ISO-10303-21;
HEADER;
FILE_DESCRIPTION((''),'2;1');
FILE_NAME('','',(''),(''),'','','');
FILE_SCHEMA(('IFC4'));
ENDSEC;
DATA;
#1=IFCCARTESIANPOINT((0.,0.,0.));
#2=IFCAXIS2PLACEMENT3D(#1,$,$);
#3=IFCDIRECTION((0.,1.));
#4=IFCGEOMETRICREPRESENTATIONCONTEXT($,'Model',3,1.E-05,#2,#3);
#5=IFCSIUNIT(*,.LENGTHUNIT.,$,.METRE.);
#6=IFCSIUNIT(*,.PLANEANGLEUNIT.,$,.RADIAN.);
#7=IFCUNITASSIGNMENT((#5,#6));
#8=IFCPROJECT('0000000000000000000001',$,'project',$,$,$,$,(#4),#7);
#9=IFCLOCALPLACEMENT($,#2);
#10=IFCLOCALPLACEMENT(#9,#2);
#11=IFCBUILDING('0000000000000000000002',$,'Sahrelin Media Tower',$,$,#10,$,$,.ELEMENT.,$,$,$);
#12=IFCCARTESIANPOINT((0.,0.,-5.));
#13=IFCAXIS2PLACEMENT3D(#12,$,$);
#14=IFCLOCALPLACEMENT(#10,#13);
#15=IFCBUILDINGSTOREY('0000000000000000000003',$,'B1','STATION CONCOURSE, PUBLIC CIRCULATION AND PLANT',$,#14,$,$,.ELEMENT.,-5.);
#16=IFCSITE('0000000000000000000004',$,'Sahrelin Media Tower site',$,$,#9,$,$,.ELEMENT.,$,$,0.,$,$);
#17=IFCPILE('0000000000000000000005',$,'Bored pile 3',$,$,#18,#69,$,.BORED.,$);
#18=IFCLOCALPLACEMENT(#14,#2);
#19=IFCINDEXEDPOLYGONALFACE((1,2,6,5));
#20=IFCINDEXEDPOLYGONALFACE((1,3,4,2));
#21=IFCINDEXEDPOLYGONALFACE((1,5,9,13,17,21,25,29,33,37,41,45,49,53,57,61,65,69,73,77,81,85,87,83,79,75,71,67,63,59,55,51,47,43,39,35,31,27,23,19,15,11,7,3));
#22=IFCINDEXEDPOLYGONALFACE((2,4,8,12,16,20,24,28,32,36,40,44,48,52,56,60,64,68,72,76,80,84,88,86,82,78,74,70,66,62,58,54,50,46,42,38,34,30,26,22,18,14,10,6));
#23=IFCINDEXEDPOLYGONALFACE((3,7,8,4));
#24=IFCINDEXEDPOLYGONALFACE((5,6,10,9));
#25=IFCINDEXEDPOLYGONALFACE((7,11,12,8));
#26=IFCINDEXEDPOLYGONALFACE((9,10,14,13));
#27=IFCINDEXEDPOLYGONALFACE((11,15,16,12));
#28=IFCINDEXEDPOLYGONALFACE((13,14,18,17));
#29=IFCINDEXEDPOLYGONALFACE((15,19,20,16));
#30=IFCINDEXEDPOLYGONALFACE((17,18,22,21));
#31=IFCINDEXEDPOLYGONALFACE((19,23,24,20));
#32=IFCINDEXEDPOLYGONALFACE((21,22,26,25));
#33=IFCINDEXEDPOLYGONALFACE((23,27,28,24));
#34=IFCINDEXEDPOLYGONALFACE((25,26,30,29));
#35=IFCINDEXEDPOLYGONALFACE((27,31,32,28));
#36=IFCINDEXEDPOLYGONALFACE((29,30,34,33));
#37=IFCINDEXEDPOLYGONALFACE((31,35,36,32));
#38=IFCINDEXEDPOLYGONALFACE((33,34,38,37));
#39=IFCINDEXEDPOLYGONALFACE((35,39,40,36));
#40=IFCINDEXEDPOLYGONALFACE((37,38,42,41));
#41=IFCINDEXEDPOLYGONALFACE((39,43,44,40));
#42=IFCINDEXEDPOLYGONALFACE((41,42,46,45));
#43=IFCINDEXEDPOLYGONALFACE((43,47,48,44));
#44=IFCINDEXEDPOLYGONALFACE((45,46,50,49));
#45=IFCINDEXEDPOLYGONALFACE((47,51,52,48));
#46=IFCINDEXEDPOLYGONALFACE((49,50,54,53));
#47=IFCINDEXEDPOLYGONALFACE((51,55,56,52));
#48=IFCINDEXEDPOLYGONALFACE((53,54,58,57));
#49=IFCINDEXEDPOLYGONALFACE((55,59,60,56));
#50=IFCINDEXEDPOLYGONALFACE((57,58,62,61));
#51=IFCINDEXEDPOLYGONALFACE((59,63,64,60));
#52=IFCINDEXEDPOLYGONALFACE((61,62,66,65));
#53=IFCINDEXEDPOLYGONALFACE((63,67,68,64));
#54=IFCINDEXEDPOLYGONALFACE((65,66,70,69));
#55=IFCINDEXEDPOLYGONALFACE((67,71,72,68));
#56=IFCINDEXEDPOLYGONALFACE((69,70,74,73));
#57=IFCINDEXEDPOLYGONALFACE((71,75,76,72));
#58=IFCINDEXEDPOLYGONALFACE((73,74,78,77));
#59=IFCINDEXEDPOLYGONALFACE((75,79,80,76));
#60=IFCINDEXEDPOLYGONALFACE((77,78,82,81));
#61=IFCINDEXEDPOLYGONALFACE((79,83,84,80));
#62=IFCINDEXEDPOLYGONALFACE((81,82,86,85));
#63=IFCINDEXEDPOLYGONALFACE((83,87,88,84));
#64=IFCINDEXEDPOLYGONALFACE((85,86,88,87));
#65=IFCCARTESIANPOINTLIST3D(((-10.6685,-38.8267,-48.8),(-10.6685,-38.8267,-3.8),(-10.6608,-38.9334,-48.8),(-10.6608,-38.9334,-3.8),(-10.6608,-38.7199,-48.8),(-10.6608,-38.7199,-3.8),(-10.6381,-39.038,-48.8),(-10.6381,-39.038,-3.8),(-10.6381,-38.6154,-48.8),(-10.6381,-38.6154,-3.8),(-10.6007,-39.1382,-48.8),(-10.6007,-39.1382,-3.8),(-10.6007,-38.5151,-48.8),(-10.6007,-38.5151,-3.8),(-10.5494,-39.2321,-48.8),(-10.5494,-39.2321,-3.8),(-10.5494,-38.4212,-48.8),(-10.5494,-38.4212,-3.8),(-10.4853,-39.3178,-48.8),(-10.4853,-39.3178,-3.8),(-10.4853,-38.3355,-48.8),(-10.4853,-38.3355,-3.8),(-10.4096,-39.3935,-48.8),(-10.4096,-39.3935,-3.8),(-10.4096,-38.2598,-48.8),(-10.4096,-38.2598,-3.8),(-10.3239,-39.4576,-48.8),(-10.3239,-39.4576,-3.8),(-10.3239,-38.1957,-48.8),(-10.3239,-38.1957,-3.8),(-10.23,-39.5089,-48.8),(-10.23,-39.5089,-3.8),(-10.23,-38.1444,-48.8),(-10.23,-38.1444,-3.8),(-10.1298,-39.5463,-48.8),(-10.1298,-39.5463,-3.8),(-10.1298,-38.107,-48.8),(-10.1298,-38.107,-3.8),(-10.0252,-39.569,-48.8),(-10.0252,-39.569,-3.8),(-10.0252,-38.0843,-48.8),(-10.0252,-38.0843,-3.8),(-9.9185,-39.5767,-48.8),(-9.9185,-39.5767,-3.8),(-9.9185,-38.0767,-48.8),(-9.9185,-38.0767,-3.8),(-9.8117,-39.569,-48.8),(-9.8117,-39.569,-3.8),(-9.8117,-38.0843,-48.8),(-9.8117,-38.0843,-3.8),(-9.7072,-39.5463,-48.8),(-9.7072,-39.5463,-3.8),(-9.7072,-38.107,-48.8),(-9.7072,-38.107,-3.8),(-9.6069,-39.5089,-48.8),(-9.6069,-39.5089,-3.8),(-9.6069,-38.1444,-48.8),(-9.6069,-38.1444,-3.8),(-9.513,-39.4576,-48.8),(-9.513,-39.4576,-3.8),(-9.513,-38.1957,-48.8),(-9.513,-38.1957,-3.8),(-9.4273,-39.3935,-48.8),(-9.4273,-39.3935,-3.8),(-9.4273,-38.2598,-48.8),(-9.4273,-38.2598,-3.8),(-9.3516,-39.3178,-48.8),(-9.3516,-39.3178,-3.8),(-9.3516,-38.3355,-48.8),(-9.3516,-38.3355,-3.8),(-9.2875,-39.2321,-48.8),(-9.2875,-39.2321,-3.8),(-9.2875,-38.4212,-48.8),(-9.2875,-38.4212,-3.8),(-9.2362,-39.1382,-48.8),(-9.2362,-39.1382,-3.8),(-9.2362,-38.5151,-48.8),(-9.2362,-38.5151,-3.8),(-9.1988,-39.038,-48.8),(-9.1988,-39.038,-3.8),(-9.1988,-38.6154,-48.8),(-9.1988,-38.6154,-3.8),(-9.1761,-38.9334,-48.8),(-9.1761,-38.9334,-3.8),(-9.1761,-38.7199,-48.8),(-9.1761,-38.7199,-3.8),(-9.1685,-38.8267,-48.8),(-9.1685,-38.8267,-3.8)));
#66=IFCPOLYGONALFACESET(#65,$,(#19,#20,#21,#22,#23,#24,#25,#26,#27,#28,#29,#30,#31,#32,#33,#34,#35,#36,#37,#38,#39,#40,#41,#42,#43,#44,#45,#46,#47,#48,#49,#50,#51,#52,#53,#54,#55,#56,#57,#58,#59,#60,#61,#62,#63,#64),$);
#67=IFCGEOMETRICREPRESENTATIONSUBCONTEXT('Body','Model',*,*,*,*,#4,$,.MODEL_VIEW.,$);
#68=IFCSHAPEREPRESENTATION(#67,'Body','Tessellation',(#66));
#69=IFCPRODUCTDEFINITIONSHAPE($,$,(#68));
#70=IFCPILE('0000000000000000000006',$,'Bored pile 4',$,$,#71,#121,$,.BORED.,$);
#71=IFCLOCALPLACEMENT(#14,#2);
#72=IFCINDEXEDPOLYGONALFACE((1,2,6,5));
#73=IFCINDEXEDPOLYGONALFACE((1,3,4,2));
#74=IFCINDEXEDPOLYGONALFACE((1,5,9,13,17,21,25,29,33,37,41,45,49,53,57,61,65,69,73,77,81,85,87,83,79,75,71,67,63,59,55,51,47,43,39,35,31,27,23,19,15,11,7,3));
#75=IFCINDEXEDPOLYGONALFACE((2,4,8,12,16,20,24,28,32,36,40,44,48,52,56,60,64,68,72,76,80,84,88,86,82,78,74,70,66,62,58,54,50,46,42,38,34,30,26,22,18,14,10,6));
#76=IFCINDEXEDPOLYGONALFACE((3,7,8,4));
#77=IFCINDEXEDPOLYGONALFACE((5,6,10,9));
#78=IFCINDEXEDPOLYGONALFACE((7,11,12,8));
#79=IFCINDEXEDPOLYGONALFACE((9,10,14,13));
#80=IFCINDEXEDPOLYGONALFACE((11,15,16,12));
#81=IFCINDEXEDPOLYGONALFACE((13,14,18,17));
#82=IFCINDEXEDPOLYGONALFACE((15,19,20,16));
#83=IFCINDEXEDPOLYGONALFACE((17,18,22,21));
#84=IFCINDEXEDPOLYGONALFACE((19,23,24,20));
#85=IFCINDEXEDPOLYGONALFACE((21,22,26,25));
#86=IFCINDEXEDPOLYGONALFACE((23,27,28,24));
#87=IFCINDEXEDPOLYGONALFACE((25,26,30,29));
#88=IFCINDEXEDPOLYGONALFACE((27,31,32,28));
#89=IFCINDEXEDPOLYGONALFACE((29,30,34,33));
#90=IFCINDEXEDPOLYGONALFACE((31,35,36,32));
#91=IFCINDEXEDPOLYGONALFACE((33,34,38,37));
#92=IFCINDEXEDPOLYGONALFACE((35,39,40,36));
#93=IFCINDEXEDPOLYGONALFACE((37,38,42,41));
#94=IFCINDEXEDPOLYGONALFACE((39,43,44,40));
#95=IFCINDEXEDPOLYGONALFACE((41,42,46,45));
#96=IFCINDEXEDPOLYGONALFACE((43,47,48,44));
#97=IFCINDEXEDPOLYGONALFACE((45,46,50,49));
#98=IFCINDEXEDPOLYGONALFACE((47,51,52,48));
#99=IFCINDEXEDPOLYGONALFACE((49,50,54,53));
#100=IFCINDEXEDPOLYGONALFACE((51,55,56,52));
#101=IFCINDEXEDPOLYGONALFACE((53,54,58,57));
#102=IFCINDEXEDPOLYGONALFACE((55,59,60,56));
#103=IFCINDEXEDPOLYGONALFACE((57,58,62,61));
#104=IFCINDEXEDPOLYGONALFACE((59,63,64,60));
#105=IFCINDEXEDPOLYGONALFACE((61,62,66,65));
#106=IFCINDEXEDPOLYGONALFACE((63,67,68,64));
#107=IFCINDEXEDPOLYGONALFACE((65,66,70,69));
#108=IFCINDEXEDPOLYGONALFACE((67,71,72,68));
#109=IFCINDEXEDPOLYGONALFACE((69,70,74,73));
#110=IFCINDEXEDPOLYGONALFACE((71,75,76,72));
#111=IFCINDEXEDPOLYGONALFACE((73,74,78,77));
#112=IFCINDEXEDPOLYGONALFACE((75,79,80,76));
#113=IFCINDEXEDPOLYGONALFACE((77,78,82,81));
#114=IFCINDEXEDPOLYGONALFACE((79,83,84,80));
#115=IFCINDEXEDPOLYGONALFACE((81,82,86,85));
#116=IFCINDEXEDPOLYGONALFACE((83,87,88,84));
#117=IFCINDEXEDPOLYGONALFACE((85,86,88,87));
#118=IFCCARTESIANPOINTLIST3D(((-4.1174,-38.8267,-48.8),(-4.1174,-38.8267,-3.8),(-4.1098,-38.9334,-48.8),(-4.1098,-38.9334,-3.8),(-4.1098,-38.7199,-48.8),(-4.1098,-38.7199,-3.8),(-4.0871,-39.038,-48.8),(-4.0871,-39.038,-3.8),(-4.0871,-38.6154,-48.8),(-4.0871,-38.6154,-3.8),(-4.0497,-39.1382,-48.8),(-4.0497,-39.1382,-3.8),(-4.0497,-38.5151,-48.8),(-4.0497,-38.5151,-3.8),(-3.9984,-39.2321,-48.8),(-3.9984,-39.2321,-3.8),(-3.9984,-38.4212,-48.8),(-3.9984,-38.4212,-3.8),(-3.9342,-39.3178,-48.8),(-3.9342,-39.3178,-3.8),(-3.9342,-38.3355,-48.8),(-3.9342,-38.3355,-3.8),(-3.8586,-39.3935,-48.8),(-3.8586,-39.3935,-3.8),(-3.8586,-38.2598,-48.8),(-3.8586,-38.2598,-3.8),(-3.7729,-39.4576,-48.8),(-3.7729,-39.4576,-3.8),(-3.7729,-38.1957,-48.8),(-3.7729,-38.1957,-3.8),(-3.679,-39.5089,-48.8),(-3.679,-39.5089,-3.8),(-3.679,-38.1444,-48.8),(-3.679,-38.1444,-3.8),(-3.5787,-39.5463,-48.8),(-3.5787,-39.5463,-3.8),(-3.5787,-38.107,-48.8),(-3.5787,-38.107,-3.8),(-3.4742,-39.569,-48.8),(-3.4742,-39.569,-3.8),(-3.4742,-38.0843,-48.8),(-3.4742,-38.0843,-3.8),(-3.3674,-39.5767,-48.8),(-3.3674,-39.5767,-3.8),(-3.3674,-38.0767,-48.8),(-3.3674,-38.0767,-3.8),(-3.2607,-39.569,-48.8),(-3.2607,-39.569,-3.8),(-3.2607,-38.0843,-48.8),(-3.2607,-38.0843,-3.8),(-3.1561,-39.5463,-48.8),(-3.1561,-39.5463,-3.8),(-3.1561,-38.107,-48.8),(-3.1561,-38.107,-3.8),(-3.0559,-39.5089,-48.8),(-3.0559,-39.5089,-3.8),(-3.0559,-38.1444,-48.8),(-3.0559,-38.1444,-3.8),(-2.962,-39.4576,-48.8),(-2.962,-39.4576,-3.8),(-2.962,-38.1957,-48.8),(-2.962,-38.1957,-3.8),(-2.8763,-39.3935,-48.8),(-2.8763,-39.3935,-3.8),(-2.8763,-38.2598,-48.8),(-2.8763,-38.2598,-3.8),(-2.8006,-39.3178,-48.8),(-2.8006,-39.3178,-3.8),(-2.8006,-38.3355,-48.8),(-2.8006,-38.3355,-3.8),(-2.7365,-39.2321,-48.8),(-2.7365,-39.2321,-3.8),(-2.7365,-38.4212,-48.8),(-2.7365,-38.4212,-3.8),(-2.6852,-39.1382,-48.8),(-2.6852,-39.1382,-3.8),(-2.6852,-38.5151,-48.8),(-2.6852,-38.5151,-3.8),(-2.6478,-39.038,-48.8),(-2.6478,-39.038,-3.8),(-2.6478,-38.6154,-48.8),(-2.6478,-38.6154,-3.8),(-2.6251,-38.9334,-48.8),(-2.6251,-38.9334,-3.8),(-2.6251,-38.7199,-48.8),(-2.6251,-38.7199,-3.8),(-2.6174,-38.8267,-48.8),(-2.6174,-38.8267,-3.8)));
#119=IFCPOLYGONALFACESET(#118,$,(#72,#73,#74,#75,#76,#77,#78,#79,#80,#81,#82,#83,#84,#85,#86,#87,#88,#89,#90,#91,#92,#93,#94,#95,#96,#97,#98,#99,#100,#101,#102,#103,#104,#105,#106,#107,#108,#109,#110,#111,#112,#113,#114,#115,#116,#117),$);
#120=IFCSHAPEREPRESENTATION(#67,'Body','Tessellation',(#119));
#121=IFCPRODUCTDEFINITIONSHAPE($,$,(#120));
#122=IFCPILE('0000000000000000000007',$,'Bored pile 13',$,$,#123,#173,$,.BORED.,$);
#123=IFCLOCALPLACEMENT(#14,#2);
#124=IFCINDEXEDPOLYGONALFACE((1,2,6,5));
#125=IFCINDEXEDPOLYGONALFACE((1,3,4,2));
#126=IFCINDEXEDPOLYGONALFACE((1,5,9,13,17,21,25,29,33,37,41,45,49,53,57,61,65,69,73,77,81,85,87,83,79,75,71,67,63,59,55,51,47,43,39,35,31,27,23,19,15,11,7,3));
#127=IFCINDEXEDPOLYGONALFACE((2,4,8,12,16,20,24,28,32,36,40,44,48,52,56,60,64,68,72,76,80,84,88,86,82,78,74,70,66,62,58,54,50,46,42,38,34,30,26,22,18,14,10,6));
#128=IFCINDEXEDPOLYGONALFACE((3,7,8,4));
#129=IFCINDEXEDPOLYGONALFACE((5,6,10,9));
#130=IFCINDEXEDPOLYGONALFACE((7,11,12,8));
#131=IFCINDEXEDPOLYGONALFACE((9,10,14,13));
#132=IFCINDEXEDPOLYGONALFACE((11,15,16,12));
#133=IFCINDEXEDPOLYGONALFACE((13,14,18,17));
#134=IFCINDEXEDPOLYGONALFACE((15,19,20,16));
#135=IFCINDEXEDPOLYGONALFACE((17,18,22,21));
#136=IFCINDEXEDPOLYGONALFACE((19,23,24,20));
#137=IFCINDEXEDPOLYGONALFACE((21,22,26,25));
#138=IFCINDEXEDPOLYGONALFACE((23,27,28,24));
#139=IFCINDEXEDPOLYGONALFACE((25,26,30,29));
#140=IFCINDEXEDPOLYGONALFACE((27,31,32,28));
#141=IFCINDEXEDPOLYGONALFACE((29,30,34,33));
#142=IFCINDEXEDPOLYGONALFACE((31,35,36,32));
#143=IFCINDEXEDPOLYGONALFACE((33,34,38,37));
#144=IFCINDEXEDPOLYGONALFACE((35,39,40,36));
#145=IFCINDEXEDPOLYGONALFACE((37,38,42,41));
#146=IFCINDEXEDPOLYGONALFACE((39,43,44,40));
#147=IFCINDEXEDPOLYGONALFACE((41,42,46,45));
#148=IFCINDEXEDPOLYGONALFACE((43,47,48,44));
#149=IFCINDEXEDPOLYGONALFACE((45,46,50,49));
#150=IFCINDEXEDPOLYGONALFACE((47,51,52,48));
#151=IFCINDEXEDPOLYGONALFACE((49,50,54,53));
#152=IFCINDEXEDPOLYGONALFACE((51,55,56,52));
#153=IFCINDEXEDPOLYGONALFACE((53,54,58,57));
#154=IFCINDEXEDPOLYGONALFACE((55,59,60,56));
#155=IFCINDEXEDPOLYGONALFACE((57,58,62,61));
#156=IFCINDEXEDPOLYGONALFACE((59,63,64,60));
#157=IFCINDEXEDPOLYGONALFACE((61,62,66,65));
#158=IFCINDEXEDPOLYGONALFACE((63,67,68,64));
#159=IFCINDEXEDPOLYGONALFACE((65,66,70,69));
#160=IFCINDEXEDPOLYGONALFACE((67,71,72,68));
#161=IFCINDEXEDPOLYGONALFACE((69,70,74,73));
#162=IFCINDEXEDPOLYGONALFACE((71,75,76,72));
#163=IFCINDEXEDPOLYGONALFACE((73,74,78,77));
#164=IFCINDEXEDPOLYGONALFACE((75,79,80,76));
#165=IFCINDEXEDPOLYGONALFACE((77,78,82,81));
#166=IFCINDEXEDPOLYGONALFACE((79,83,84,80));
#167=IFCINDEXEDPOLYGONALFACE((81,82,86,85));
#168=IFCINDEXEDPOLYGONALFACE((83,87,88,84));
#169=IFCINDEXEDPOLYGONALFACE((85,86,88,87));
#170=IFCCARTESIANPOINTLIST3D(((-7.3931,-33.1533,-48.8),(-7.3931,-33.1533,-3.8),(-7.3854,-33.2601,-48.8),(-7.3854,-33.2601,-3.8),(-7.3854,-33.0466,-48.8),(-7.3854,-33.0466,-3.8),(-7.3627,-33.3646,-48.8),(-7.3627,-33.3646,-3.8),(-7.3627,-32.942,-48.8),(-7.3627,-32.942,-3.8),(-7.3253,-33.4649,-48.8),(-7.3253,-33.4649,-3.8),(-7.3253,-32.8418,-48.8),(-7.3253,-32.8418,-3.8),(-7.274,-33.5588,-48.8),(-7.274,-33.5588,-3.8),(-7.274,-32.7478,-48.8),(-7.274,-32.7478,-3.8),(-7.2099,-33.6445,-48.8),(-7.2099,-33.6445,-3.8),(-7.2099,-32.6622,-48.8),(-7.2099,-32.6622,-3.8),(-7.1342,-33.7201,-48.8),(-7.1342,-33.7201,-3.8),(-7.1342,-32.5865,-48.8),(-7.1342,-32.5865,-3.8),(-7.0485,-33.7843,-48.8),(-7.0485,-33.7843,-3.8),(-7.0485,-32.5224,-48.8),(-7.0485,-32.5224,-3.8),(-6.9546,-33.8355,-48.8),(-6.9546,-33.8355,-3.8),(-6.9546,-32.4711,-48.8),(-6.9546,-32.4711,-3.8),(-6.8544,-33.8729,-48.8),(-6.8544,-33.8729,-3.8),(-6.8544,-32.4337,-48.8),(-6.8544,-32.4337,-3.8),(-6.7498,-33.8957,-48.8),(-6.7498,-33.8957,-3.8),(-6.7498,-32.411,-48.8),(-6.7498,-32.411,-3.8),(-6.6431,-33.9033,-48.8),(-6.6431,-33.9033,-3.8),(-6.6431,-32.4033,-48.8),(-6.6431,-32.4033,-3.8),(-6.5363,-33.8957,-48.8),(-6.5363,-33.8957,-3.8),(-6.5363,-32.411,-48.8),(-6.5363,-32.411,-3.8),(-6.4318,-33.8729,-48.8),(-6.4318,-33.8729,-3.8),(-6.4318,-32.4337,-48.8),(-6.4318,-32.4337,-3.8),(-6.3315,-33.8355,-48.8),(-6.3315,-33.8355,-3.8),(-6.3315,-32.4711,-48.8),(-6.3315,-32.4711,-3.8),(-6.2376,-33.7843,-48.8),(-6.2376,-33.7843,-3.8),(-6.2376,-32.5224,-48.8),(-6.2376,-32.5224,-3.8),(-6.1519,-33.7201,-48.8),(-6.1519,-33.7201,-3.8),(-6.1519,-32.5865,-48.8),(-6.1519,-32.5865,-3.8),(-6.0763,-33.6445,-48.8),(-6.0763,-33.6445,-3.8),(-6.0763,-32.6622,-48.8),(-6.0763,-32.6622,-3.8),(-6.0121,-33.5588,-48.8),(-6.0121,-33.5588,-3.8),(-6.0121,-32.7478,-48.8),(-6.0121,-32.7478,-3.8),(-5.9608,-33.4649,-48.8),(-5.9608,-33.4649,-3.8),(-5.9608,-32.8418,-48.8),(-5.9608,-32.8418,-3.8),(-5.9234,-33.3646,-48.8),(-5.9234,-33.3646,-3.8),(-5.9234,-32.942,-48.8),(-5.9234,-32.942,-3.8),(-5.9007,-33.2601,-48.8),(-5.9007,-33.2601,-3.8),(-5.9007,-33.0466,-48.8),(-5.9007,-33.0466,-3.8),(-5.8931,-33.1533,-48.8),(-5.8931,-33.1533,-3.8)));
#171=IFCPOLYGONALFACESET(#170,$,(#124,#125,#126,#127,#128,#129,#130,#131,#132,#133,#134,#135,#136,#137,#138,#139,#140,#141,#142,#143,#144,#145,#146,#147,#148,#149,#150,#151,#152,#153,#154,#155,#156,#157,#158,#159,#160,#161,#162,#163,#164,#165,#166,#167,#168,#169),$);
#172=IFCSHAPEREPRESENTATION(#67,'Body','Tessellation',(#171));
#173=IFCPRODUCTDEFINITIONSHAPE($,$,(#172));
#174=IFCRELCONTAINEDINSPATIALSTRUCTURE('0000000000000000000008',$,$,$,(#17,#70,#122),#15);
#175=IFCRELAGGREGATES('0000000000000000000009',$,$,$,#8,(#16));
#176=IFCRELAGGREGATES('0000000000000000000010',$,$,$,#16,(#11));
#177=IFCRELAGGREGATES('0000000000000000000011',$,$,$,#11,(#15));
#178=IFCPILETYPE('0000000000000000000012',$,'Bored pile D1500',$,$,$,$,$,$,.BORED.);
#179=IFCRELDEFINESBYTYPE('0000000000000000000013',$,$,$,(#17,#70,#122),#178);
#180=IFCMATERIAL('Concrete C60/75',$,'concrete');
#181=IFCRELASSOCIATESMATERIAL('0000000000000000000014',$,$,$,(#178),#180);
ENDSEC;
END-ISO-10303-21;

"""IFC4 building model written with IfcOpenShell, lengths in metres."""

from ifc_helpers import new_model, si_unit, direction, frame, origin, origin_2d, place, context, subcontext, project, spatial, circle, extrude, material, material_profile, profile_set, type_object, element, save


model = new_model("IFC4")

# Units and contexts
model_context = context("Model", 3, precision=1e-05, world=origin(), true_north=direction((0.0, 1.0)))
body_context = subcontext(model_context, "Body", "Model", "MODEL_VIEW")
ifc_project = project(units=[si_unit("LENGTHUNIT", "METRE"), si_unit("PLANEANGLEUNIT", "RADIAN")], contexts=[model_context])

# Site, building, storey
site_placement = place(None, origin())
site = spatial("IfcSite", under=ifc_project, at=site_placement, Name="Sahrelin Media Tower site", CompositionType="ELEMENT", RefElevation=0.0)
building_placement = place(site_placement, origin())
building = spatial("IfcBuilding", under=site, at=building_placement, Name="Sahrelin Media Tower", CompositionType="ELEMENT")
storey_placement = place(building_placement, frame((0.0, 0.0, -5.0)))
storey = spatial("IfcBuildingStorey", under=building, at=storey_placement, Name="B1", Description="STATION CONCOURSE, PUBLIC CIRCULATION AND PLANT", CompositionType="ELEMENT", Elevation=-5.0)

# Piles
ifc_material_1 = material(Name="Concrete C60/75", Category="concrete")
ifc_material_profile_1 = material_profile(ifc_material_1, circle(Radius=0.75, at=origin_2d()), Name="Bored pile D1500")
ifc_profile_set_1 = profile_set([ifc_material_profile_1], Name="Concrete C60/75")
pile_type = type_object("IfcPileType", Name="Bored pile D1500", PredefinedType="BORED", material=ifc_profile_set_1)
for number, where, z_axis, x_axis, name in (
    (1, (-9.9185, -38.8267, -3.8), (0.0, 0.0, -1.0), (1.0, 0.0, 0.0), "Bored pile 3"),
    (2, (-3.3674, -38.8267, -3.8), (0.0, 0.0, -1.0), (1.0, 0.0, 0.0), "Bored pile 4"),
    (3, (-6.6431, -33.1533, -3.8), (0.0, 0.0, -1.0), (1.0, 0.0, 0.0), "Bored pile 13"),
):
    element("IfcPile", number, at=place(storey_placement, frame(where, z_axis=z_axis, x_axis=x_axis)), inside=storey, type_object=pile_type, Name=name, PredefinedType="BORED", context=body_context, shape_type="SweptSolid", body=[
        extrude(circle(Radius=0.75, at=origin_2d()), origin(), (0.0, 0.0, 1.0), 45.0),
    ])

save(model, "model.ifc")
